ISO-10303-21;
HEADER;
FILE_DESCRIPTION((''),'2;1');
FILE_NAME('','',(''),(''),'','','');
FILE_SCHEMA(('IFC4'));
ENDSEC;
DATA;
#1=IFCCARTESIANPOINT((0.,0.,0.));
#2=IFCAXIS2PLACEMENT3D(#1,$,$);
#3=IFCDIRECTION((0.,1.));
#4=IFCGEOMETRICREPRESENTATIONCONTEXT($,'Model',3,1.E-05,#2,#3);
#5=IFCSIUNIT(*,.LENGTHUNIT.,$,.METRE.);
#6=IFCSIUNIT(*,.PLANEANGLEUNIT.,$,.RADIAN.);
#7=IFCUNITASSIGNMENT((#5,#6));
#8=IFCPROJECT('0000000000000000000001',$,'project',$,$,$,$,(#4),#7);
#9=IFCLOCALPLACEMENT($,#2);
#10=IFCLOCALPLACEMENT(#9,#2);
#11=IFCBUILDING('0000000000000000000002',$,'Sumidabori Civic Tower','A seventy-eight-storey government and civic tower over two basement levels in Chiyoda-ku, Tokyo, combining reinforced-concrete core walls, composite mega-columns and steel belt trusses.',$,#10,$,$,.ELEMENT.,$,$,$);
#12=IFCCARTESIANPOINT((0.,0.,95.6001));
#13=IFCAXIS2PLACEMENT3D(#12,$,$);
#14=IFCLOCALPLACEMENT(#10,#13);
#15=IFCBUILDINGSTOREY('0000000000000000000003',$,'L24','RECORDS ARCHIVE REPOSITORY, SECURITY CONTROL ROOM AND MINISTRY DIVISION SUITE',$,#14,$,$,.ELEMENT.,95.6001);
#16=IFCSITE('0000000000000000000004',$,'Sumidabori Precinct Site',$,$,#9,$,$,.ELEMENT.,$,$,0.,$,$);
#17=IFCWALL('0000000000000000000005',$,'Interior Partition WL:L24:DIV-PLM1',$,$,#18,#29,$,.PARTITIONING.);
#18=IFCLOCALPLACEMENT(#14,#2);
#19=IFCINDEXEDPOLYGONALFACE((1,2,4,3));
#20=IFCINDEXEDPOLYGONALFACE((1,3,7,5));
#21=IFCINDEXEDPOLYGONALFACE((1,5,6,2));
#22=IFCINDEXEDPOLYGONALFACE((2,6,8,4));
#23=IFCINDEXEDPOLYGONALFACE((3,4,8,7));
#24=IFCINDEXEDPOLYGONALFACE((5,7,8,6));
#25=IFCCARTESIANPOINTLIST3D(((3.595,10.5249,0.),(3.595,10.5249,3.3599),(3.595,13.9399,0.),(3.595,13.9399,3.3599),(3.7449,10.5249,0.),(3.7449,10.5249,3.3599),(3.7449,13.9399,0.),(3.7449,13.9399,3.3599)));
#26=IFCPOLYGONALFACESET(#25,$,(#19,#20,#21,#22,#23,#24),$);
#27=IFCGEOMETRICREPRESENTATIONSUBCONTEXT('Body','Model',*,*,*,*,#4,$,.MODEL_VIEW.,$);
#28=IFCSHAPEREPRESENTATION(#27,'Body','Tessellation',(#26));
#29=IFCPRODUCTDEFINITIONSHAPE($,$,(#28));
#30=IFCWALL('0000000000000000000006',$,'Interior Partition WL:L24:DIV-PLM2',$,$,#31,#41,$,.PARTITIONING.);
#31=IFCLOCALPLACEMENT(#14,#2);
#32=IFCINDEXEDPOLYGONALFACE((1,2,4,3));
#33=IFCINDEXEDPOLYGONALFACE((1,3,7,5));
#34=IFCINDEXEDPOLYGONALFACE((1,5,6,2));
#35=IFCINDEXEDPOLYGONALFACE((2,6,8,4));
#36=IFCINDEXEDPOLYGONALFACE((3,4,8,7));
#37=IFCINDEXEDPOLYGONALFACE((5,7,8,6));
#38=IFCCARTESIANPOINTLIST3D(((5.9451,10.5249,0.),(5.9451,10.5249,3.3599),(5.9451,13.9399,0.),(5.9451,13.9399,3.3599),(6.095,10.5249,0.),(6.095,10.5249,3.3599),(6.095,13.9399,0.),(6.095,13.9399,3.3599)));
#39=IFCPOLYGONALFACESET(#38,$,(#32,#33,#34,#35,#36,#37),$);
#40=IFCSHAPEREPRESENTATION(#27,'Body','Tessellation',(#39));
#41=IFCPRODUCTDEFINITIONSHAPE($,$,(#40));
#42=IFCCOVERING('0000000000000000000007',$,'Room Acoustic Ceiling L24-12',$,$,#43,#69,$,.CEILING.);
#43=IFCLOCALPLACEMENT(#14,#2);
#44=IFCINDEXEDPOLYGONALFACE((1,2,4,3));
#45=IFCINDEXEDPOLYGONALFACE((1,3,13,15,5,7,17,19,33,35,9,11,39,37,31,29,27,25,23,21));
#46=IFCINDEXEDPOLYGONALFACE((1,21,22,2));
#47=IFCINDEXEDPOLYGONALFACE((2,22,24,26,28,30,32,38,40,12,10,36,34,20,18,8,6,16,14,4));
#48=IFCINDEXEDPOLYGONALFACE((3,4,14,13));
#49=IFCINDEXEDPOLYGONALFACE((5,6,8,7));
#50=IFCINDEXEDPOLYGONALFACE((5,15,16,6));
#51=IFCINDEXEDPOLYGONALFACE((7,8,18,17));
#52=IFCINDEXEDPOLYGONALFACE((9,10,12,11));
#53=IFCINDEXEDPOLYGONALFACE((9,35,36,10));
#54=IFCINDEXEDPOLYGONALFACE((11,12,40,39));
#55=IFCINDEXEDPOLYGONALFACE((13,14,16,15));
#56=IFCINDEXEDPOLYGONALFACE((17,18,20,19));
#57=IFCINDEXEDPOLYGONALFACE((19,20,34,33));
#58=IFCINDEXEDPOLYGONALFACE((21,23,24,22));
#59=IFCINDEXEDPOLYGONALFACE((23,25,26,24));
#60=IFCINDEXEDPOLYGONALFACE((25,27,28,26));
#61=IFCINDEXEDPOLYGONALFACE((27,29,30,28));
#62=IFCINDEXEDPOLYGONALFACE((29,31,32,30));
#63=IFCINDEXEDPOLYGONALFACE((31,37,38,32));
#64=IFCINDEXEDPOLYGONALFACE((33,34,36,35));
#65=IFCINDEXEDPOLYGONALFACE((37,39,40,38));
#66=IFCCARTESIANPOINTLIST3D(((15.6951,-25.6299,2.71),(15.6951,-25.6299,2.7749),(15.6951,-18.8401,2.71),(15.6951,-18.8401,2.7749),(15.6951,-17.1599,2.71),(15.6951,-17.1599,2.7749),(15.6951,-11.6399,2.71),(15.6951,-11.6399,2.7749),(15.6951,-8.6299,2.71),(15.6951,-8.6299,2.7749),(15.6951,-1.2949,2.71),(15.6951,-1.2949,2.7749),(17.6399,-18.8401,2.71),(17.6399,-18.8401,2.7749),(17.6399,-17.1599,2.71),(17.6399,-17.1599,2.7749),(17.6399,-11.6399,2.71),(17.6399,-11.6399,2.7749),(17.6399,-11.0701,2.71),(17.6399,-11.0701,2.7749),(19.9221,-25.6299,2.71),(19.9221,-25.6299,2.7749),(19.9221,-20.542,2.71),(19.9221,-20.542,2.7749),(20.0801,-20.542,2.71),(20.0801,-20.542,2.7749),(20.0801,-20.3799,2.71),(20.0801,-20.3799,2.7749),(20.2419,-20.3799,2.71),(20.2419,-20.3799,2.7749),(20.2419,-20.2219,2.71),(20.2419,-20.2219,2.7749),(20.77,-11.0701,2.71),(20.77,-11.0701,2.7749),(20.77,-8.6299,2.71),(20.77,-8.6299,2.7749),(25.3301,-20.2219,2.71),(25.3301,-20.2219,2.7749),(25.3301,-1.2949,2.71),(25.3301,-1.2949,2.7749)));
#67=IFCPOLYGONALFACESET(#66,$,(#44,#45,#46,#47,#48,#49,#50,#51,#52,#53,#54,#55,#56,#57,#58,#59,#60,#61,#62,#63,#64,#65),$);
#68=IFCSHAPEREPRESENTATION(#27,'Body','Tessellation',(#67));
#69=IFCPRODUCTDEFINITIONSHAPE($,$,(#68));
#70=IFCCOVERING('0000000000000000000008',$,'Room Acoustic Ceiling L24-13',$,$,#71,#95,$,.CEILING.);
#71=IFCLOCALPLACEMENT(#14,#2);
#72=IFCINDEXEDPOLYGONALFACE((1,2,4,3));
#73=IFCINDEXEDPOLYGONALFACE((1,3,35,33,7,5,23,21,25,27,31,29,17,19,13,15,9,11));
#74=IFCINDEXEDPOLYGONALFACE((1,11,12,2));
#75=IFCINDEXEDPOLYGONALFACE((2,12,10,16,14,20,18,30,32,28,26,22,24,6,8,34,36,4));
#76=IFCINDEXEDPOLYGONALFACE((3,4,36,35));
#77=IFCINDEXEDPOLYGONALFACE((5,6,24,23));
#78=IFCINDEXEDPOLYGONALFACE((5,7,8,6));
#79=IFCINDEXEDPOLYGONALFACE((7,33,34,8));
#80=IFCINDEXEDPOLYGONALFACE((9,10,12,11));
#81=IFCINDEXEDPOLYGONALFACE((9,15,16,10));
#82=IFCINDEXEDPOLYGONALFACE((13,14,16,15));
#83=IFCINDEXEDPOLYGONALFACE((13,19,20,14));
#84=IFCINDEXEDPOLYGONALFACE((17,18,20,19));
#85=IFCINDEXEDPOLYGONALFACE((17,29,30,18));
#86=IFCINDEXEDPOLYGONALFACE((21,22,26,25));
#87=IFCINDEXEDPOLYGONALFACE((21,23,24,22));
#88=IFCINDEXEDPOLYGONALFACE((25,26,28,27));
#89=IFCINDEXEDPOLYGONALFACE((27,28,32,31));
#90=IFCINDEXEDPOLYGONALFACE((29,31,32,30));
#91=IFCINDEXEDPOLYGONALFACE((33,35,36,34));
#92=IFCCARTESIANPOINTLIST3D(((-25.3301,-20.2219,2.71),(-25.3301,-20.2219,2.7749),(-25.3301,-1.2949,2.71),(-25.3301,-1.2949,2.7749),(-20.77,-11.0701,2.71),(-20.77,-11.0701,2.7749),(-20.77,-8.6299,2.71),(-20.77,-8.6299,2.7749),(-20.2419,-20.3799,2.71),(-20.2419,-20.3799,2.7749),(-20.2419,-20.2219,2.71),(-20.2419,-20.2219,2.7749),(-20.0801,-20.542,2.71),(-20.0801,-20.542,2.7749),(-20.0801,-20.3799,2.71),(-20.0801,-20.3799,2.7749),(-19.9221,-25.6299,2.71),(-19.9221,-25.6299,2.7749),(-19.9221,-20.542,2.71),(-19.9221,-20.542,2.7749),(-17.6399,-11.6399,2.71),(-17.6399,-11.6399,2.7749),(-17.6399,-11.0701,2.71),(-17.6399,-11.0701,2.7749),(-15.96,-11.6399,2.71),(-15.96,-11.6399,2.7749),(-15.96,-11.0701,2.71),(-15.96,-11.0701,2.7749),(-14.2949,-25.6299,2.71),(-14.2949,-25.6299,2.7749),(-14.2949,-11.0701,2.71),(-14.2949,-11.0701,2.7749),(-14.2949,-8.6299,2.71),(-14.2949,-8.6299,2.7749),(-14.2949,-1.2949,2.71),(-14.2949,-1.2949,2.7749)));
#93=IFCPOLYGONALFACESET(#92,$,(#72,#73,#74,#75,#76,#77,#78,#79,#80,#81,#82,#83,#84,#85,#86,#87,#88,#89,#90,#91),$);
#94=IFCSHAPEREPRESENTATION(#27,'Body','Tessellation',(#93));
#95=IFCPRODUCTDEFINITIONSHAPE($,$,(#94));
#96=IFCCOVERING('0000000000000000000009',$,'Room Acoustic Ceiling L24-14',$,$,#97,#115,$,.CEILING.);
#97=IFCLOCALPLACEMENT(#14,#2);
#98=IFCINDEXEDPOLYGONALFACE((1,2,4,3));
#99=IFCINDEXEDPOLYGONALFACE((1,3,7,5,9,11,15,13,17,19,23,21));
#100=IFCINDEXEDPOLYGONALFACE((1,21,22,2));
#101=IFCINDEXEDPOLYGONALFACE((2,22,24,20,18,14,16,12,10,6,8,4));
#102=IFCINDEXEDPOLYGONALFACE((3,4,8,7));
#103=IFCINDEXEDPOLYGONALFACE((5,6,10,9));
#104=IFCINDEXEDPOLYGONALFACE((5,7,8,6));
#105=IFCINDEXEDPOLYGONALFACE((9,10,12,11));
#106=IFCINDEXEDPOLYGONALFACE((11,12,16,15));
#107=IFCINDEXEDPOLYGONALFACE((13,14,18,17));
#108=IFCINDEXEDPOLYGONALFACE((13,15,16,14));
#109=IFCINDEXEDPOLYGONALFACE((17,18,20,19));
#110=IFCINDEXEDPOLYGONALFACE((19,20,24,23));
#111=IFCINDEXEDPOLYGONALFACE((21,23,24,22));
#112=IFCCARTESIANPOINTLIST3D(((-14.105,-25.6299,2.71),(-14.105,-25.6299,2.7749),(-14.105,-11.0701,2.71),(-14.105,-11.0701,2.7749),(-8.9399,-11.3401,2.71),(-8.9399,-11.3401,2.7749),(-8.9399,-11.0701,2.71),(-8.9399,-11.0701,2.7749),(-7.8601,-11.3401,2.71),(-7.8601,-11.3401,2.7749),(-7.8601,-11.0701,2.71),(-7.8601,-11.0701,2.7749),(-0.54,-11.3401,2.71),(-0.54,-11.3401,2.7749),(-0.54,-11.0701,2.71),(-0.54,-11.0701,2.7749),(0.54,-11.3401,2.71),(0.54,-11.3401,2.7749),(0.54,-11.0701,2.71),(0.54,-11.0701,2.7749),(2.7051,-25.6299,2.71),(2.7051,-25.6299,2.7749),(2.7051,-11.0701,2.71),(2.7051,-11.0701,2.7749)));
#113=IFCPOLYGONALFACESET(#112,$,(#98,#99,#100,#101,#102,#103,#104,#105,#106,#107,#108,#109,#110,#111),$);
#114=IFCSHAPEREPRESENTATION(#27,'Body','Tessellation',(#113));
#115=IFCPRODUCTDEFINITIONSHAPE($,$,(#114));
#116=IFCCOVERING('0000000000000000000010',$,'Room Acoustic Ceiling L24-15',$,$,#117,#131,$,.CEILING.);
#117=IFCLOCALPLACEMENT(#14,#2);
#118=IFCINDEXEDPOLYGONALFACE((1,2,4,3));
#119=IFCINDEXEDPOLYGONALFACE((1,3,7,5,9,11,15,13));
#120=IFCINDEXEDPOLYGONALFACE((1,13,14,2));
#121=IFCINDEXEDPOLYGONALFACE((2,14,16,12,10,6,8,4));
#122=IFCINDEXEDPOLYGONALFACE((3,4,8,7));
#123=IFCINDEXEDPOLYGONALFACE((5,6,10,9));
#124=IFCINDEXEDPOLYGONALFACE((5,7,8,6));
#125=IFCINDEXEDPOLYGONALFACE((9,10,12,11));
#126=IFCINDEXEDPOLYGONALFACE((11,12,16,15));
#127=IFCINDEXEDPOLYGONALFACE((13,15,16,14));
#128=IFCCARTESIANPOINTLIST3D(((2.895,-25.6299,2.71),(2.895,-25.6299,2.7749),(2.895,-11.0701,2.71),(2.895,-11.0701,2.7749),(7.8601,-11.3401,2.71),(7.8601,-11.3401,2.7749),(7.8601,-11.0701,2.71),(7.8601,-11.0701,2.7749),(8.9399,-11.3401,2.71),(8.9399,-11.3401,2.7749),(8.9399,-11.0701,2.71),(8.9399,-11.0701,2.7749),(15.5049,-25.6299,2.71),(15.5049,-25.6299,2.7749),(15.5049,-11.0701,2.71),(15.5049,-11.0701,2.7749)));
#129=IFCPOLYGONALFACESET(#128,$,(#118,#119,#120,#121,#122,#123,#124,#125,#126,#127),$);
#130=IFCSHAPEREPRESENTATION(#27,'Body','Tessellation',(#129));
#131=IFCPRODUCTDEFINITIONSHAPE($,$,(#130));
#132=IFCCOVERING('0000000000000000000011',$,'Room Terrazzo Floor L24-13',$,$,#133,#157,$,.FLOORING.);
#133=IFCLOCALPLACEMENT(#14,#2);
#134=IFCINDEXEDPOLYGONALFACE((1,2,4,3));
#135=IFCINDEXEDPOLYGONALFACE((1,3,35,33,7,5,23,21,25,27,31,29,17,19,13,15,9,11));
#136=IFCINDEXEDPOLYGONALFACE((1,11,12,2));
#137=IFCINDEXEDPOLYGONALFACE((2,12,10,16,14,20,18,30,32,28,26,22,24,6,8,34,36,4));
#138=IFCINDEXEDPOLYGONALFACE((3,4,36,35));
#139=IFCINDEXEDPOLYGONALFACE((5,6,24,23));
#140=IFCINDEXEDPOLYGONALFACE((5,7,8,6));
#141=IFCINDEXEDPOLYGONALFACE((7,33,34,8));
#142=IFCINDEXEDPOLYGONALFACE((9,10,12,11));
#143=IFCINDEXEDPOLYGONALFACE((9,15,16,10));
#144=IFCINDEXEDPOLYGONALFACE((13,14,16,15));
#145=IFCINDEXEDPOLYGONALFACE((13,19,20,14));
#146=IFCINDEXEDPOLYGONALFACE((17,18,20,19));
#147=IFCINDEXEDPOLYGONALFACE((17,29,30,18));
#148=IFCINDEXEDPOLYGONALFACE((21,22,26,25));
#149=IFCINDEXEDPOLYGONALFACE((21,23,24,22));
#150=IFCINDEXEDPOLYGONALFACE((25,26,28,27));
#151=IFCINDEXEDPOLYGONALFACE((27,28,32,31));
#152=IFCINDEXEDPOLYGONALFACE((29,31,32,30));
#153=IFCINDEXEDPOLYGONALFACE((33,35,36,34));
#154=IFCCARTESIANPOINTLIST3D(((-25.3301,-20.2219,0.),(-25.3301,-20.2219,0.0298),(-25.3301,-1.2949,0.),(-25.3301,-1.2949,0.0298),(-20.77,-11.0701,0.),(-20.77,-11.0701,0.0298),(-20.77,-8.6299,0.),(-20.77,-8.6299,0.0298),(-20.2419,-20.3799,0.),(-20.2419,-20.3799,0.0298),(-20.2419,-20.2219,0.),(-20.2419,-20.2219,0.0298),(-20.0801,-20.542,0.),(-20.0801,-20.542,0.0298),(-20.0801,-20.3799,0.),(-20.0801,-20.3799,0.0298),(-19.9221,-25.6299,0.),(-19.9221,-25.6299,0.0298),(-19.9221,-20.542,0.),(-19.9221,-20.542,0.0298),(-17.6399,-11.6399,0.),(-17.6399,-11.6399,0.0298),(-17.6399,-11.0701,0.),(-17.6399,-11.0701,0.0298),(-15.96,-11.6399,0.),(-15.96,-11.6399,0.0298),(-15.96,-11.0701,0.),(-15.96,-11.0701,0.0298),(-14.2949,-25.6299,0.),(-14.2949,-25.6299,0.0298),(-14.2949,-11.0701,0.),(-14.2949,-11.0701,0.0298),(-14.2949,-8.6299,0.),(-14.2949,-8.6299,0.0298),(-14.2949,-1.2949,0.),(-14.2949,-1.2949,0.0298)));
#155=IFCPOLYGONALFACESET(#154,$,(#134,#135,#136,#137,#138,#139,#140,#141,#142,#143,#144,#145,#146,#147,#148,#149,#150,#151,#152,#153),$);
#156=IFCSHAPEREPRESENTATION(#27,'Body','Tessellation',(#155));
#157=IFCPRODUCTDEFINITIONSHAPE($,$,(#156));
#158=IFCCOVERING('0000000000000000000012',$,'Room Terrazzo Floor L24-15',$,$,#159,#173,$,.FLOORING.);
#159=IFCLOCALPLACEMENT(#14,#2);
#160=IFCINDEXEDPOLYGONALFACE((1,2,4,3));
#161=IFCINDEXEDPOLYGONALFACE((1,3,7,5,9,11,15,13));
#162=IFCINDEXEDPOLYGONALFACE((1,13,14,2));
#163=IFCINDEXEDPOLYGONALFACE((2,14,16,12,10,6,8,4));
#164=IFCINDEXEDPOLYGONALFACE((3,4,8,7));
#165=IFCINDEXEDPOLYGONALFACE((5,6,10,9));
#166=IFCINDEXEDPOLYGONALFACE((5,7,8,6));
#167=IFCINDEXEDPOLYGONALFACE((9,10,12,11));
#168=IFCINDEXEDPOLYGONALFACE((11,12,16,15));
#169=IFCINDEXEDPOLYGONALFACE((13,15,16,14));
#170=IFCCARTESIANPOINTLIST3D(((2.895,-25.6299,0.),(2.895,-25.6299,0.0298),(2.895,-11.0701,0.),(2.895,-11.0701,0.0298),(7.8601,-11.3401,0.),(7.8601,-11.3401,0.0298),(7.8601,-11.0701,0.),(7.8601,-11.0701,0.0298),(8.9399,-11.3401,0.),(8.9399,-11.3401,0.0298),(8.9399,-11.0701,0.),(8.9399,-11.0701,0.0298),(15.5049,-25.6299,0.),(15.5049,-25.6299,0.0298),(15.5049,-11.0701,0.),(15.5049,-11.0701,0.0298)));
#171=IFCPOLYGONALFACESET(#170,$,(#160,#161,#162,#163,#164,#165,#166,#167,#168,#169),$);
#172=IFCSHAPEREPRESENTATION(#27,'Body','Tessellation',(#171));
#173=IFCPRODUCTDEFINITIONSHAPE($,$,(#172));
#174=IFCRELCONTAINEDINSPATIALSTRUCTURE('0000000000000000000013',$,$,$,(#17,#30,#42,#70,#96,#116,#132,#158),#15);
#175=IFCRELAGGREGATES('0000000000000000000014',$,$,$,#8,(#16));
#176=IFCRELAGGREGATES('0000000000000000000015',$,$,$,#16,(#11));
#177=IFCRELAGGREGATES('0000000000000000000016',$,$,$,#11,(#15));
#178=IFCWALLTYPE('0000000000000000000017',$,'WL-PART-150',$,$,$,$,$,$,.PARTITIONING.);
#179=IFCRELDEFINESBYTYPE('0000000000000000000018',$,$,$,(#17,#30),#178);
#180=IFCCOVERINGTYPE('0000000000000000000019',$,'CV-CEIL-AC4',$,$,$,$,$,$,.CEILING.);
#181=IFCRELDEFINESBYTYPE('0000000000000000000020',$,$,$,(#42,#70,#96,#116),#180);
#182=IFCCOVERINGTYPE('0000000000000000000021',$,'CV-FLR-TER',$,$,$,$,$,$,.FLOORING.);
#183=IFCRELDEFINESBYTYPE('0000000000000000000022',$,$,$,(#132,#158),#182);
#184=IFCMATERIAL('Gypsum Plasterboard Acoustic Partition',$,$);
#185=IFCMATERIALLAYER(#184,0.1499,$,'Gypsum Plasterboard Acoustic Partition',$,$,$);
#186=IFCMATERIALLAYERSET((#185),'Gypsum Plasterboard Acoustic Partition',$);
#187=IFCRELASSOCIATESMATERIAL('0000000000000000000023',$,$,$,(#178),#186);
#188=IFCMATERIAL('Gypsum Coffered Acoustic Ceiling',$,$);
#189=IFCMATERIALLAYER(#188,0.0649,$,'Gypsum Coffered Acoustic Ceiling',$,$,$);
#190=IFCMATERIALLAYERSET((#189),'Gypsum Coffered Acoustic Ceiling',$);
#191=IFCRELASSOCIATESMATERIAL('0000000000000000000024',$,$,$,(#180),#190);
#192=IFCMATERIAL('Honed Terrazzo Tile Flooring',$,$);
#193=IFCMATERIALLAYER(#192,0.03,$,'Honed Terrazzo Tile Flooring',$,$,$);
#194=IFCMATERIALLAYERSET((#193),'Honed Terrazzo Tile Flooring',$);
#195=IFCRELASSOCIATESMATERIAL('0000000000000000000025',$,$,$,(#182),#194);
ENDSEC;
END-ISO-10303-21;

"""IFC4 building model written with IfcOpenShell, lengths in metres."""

from ifc_helpers import new_model, si_unit, direction, frame, frame_2d, origin, place, context, subcontext, project, spatial, polyline, rectangle, outline, extrude, source, transform, mapped, material, layer, layer_set, type_object, element, save


model = new_model("IFC4")

# Units and contexts
model_context = context("Model", 3, precision=1e-05, world=origin(), true_north=direction((0.0, 1.0)))
body_context = subcontext(model_context, "Body", "Model", "MODEL_VIEW")
ifc_project = project(units=[si_unit("LENGTHUNIT", "METRE"), si_unit("PLANEANGLEUNIT", "RADIAN")], contexts=[model_context])

# Site, building, storey
site_placement = place(None, origin())
site = spatial("IfcSite", under=ifc_project, at=site_placement, Name="Sumidabori Precinct Site", CompositionType="ELEMENT", RefElevation=0.0)
building_placement = place(site_placement, origin())
building = spatial("IfcBuilding", under=site, at=building_placement, Name="Sumidabori Civic Tower", Description="A seventy-eight-storey government and civic tower over two basement levels in Chiyoda-ku, Tokyo, combining reinforced-concrete core walls, composite mega-columns and steel belt trusses.", CompositionType="ELEMENT")
storey_placement = place(building_placement, frame((0.0, 0.0, 95.6001)))
storey = spatial("IfcBuildingStorey", under=building, at=storey_placement, Name="L24", Description="RECORDS ARCHIVE REPOSITORY, SECURITY CONTROL ROOM AND MINISTRY DIVISION SUITE", CompositionType="ELEMENT", Elevation=95.6001)

# Shared definitions
ifc_material_1 = material(Name="Gypsum Plasterboard Acoustic Partition")
ifc_layer_1 = layer(ifc_material_1, 0.1499, Name="Gypsum Plasterboard Acoustic Partition")
ifc_layer_set_1 = layer_set([ifc_layer_1], Name="Gypsum Plasterboard Acoustic Partition")
wall_type_1 = type_object("IfcWallType", Name="WL-PART-150", PredefinedType="PARTITIONING", material=ifc_layer_set_1)

# Walls
shared_shape_1 = source(origin(), body_context, "Body", "SweptSolid", [
    extrude(rectangle(XDim=3.415, YDim=0.1499, at=frame_2d((1.7075, 0.0))), origin(), (0.0, 0.0, 1.0), 3.3599),
])
for number, where, z_axis, x_axis, name in (
    (1, (3.6699, 10.5249, 0.0), (0.0, 0.0, 1.0), (0.0, 1.0, 0.0), "Interior Partition WL:L24:DIV-PLM1"),
    (2, (6.02, 10.5249, 0.0), (0.0, 0.0, 1.0), (0.0, 1.0, 0.0), "Interior Partition WL:L24:DIV-PLM2"),
):
    element("IfcWall", number, at=place(storey_placement, frame(where, z_axis=z_axis, x_axis=x_axis)), inside=storey, type_object=wall_type_1, Name=name, PredefinedType="PARTITIONING", context=body_context, shape_type="MappedRepresentation", body=[
        mapped(shared_shape_1, transform((0.0, 0.0, 0.0), x_axis=(1.0, 0.0, 0.0), y_axis=(0.0, 1.0, 0.0), z_axis=(0.0, 0.0, 1.0), scale=1.0)),
    ])

# Coverings
ifc_material_2 = material(Name="Gypsum Coffered Acoustic Ceiling")
ifc_layer_2 = layer(ifc_material_2, 0.0649, Name="Gypsum Coffered Acoustic Ceiling")
ifc_layer_set_2 = layer_set([ifc_layer_2], Name="Gypsum Coffered Acoustic Ceiling")
covering_type_1 = type_object("IfcCoveringType", Name="CV-CEIL-AC4", PredefinedType="CEILING", material=ifc_layer_set_2)
covering_1_placement = place(storey_placement, frame((0.0, 0.0, 2.71)))
element("IfcCovering", 3, at=covering_1_placement, inside=storey, type_object=covering_type_1, Name="Room Acoustic Ceiling L24-12", PredefinedType="CEILING", context=body_context, shape_type="SweptSolid", body=[
    extrude(outline(polyline([(15.6951, -18.8401), (17.6399, -18.8401), (17.6399, -17.1599), (15.6951, -17.1599), (15.6951, -11.6399), (17.6399, -11.6399), (17.6399, -11.0701), (20.77, -11.0701), (20.77, -8.6299), (15.6951, -8.6299), (15.6951, -1.2949), (25.3301, -1.2949), (25.3301, -20.2219), (20.2419, -20.2219), (20.2419, -20.3799), (20.0801, -20.3799), (20.0801, -20.542), (19.9221, -20.542), (19.9221, -25.6299), (15.6951, -25.6299), (15.6951, -18.8401)])), origin(), (0.0, 0.0, 1.0), 0.0649),
])
covering_2_placement = place(storey_placement, frame((0.0, 0.0, 2.71)))
element("IfcCovering", 4, at=covering_2_placement, inside=storey, type_object=covering_type_1, Name="Room Acoustic Ceiling L24-13", PredefinedType="CEILING", context=body_context, shape_type="SweptSolid", body=[
    extrude(outline(polyline([(-25.3301, -20.2219), (-25.3301, -1.2949), (-14.2949, -1.2949), (-14.2949, -8.6299), (-20.77, -8.6299), (-20.77, -11.0701), (-17.6399, -11.0701), (-17.6399, -11.6399), (-15.96, -11.6399), (-15.96, -11.0701), (-14.2949, -11.0701), (-14.2949, -25.6299), (-19.9221, -25.6299), (-19.9221, -20.542), (-20.0801, -20.542), (-20.0801, -20.3799), (-20.2419, -20.3799), (-20.2419, -20.2219), (-25.3301, -20.2219)])), origin(), (0.0, 0.0, 1.0), 0.0649),
])
covering_3_placement = place(storey_placement, frame((0.0, 0.0, 2.71)))
element("IfcCovering", 5, at=covering_3_placement, inside=storey, type_object=covering_type_1, Name="Room Acoustic Ceiling L24-14", PredefinedType="CEILING", context=body_context, shape_type="SweptSolid", body=[
    extrude(outline(polyline([(-14.105, -11.0701), (-8.9399, -11.0701), (-8.9399, -11.3401), (-7.8601, -11.3401), (-7.8601, -11.0701), (-0.54, -11.0701), (-0.54, -11.3401), (0.54, -11.3401), (0.54, -11.0701), (2.7051, -11.0701), (2.7051, -25.6299), (-14.105, -25.6299), (-14.105, -11.0701)])), origin(), (0.0, 0.0, 1.0), 0.0649),
])
covering_4_placement = place(storey_placement, frame((0.0, 0.0, 2.71)))
element("IfcCovering", 6, at=covering_4_placement, inside=storey, type_object=covering_type_1, Name="Room Acoustic Ceiling L24-15", PredefinedType="CEILING", context=body_context, shape_type="SweptSolid", body=[
    extrude(outline(polyline([(2.895, -11.0701), (7.8601, -11.0701), (7.8601, -11.3401), (8.9399, -11.3401), (8.9399, -11.0701), (15.5049, -11.0701), (15.5049, -25.6299), (2.895, -25.6299), (2.895, -11.0701)])), origin(), (0.0, 0.0, 1.0), 0.0649),
])
ifc_material_3 = material(Name="Honed Terrazzo Tile Flooring")
ifc_layer_3 = layer(ifc_material_3, 0.03, Name="Honed Terrazzo Tile Flooring")
ifc_layer_set_3 = layer_set([ifc_layer_3], Name="Honed Terrazzo Tile Flooring")
covering_type_2 = type_object("IfcCoveringType", Name="CV-FLR-TER", PredefinedType="FLOORING", material=ifc_layer_set_3)
covering_5_placement = place(storey_placement, origin())
element("IfcCovering", 7, at=covering_5_placement, inside=storey, type_object=covering_type_2, Name="Room Terrazzo Floor L24-13", PredefinedType="FLOORING", context=body_context, shape_type="SweptSolid", body=[
    extrude(outline(polyline([(-25.3301, -20.2219), (-25.3301, -1.2949), (-14.2949, -1.2949), (-14.2949, -8.6299), (-20.77, -8.6299), (-20.77, -11.0701), (-17.6399, -11.0701), (-17.6399, -11.6399), (-15.96, -11.6399), (-15.96, -11.0701), (-14.2949, -11.0701), (-14.2949, -25.6299), (-19.9221, -25.6299), (-19.9221, -20.542), (-20.0801, -20.542), (-20.0801, -20.3799), (-20.2419, -20.3799), (-20.2419, -20.2219), (-25.3301, -20.2219)])), origin(), (0.0, 0.0, 1.0), 0.0298),
])
covering_6_placement = place(storey_placement, origin())
element("IfcCovering", 8, at=covering_6_placement, inside=storey, type_object=covering_type_2, Name="Room Terrazzo Floor L24-15", PredefinedType="FLOORING", context=body_context, shape_type="SweptSolid", body=[
    extrude(outline(polyline([(2.895, -11.0701), (7.8601, -11.0701), (7.8601, -11.3401), (8.9399, -11.3401), (8.9399, -11.0701), (15.5049, -11.0701), (15.5049, -25.6299), (2.895, -25.6299), (2.895, -11.0701)])), origin(), (0.0, 0.0, 1.0), 0.0298),
])

save(model, "model.ifc")
